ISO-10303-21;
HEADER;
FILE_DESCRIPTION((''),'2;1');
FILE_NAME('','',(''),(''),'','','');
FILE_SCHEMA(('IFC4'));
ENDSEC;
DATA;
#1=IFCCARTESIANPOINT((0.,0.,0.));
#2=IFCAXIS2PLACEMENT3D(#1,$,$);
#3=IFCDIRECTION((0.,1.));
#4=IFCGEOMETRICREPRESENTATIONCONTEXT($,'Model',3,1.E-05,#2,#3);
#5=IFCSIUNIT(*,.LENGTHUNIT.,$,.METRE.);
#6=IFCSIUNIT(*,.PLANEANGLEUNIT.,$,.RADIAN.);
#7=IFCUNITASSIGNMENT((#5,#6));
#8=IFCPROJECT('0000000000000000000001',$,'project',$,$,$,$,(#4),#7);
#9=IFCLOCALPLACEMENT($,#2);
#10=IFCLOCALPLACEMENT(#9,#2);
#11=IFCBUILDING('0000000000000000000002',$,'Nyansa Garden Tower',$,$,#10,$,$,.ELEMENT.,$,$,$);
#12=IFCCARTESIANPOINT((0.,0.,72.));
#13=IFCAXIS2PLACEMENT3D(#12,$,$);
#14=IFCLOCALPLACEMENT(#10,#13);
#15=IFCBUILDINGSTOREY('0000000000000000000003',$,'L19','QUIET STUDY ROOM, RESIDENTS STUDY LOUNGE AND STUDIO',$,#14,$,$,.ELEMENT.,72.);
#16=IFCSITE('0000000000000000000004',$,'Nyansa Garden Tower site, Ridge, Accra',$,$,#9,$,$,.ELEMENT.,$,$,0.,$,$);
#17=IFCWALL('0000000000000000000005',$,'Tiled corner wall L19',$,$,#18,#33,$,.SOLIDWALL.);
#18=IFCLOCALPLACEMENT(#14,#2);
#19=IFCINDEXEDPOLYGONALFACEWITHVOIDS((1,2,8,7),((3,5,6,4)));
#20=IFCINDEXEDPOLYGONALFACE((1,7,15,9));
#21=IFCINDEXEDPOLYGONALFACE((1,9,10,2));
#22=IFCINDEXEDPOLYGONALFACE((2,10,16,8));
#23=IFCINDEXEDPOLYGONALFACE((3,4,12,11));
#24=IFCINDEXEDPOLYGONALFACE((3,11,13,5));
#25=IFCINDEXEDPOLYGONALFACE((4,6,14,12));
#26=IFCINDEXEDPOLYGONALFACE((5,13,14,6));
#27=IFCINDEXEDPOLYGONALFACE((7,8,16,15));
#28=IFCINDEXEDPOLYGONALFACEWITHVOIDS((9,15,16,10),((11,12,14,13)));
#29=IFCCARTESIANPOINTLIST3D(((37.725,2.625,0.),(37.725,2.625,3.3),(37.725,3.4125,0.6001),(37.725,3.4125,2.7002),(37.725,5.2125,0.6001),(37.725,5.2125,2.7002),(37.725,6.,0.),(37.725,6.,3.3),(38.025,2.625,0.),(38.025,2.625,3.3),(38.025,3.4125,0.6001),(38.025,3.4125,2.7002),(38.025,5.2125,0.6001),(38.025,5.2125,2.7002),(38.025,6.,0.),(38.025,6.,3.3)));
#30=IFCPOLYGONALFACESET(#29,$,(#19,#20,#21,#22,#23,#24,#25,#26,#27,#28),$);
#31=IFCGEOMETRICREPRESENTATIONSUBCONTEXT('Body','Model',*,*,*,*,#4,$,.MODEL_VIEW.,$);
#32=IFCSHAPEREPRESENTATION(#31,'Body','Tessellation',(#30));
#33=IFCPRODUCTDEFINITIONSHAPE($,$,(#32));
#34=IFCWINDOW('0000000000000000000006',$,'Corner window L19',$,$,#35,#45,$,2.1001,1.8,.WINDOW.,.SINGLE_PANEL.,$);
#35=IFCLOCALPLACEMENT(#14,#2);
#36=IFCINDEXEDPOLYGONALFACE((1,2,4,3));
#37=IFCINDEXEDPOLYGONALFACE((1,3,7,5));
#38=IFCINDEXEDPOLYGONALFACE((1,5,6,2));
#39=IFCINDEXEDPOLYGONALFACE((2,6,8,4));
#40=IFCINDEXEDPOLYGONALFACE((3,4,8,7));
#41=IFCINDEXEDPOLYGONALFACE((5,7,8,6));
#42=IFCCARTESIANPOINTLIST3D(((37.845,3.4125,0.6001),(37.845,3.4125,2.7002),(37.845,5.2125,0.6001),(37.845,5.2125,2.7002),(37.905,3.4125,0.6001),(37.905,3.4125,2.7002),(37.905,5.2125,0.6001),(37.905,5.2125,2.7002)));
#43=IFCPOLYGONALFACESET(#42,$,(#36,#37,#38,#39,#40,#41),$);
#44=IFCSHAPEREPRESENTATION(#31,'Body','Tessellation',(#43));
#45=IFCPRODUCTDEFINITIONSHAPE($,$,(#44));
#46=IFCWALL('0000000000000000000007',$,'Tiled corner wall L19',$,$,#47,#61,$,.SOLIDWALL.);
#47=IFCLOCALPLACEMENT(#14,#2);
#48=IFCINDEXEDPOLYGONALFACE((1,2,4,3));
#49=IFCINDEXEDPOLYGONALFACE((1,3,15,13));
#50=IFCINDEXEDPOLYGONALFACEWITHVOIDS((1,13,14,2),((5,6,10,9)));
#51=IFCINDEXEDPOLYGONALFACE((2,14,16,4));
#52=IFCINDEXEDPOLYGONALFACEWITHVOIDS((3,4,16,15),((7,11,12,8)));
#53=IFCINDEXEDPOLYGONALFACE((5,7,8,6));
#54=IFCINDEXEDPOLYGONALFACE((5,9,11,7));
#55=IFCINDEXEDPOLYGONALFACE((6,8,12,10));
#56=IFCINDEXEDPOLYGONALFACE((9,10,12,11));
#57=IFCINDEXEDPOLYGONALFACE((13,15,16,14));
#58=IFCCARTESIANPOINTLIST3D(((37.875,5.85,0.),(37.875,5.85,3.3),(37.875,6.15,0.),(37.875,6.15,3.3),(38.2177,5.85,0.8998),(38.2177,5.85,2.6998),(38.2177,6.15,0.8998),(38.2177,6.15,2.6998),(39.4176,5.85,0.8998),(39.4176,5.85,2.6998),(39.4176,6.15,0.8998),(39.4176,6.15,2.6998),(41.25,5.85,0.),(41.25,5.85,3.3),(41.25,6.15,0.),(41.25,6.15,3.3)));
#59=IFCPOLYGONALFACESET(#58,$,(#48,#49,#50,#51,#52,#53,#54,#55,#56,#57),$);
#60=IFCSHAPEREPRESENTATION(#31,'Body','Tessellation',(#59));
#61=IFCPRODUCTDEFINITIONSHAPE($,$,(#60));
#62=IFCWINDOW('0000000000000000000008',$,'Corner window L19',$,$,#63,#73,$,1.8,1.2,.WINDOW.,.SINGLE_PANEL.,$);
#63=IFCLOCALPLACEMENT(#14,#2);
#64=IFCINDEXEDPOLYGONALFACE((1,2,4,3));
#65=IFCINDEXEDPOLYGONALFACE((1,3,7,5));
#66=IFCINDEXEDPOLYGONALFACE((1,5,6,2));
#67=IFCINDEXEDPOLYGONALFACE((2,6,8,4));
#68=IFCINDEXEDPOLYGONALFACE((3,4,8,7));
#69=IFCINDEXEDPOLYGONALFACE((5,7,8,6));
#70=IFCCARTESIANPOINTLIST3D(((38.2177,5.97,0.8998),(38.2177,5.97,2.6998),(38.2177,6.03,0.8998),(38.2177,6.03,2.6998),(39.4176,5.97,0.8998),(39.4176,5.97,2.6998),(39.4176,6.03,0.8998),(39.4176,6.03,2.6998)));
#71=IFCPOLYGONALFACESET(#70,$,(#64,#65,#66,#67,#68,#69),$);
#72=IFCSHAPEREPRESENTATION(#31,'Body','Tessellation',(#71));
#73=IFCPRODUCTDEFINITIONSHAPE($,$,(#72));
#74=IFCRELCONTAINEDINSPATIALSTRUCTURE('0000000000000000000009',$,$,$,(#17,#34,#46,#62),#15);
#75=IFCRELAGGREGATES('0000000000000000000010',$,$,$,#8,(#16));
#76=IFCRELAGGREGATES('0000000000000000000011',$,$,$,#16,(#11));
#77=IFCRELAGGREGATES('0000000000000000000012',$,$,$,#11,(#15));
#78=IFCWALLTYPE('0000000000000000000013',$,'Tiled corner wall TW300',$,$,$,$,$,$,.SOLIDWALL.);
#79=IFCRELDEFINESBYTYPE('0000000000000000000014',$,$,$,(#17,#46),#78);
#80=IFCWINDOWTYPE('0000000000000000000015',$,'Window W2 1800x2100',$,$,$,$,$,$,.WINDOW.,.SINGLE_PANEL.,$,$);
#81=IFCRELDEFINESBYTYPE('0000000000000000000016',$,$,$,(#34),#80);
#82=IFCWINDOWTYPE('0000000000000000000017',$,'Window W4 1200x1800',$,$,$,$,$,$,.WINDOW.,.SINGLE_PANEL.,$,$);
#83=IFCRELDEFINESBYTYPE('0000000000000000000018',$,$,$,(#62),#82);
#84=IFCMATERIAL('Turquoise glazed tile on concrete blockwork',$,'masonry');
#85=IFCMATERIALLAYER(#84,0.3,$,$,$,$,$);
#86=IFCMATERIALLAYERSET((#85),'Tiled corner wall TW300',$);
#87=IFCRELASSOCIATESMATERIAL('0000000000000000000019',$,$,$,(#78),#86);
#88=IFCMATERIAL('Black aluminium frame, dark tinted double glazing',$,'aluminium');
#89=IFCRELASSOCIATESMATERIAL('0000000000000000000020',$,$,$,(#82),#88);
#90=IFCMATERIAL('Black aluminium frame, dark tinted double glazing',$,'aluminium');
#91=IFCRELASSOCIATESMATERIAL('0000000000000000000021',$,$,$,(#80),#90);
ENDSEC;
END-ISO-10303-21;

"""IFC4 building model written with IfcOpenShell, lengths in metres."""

from ifc_helpers import new_model, si_unit, direction, frame, frame_2d, origin, place, context, subcontext, project, spatial, rectangle, extrude, material, layer, layer_set, type_object, element, fill, save


model = new_model("IFC4")

# Units and contexts
model_context = context("Model", 3, precision=1e-05, world=origin(), true_north=direction((0.0, 1.0)))
body_context = subcontext(model_context, "Body", "Model", "MODEL_VIEW")
ifc_project = project(units=[si_unit("LENGTHUNIT", "METRE"), si_unit("PLANEANGLEUNIT", "RADIAN")], contexts=[model_context])

# Site, building, storey
site_placement = place(None, origin())
site = spatial("IfcSite", under=ifc_project, at=site_placement, Name="Nyansa Garden Tower site, Ridge, Accra", CompositionType="ELEMENT", RefElevation=0.0)
building_placement = place(site_placement, origin())
building = spatial("IfcBuilding", under=site, at=building_placement, Name="Nyansa Garden Tower", CompositionType="ELEMENT")
storey_placement = place(building_placement, frame((0.0, 0.0, 72.0)))
storey = spatial("IfcBuildingStorey", under=building, at=storey_placement, Name="L19", Description="QUIET STUDY ROOM, RESIDENTS STUDY LOUNGE AND STUDIO", CompositionType="ELEMENT", Elevation=72.0)

# Walls, openings, windows
ifc_material_1 = material(Name="Turquoise glazed tile on concrete blockwork", Category="masonry")
ifc_layer_1 = layer(ifc_material_1, 0.3)
ifc_layer_set_1 = layer_set([ifc_layer_1], Name="Tiled corner wall TW300")
wall_type = type_object("IfcWallType", Name="Tiled corner wall TW300", PredefinedType="SOLIDWALL", material=ifc_layer_set_1)
ifc_material_2 = material(Name="Black aluminium frame, dark tinted double glazing", Category="aluminium")
window_type_1 = type_object("IfcWindowType", Name="Window W4 1200x1800", PartitioningType="SINGLE_PANEL", PredefinedType="WINDOW", material=ifc_material_2)
ifc_material_3 = material(Name="Black aluminium frame, dark tinted double glazing", Category="aluminium")
window_type_2 = type_object("IfcWindowType", Name="Window W2 1800x2100", PartitioningType="SINGLE_PANEL", PredefinedType="WINDOW", material=ifc_material_3)
wall_1_placement = place(storey_placement, frame((37.875, 2.625, 0.0), z_axis=(0.0, 0.0, 1.0), x_axis=(0.0, 1.0, 0.0)))
wall_1 = element("IfcWall", 1, at=wall_1_placement, inside=storey, type_object=wall_type, Name="Tiled corner wall L19", PredefinedType="SOLIDWALL", context=body_context, shape_type="SweptSolid", body=[
    extrude(rectangle(XDim=3.375, YDim=0.3, at=frame_2d((1.6875, 0.0))), origin(), (0.0, 0.0, 1.0), 3.3),
])
opening_1_placement = place(wall_1_placement, frame((0.7876, 0.0, 0.6001)))
opening_1 = element("IfcOpeningElement", 2, at=opening_1_placement, cuts=wall_1, PredefinedType="OPENING", context=body_context, shape_type="SweptSolid", body=[
    extrude(rectangle(XDim=1.8, YDim=2.1001, at=frame_2d((0.8999, 1.05))), frame((0.0, 0.1599, 0.0), z_axis=(0.0, -1.0, 0.0), x_axis=(1.0, 0.0, 0.0)), (0.0, 0.0, 1.0), 0.3201),
])
window_1_placement = place(opening_1_placement, origin())
window_1 = element("IfcWindow", 3, at=window_1_placement, inside=storey, type_object=window_type_2, Name="Corner window L19", OverallHeight=2.1001, OverallWidth=1.8, PartitioningType="SINGLE_PANEL", PredefinedType="WINDOW", context=body_context, shape_type="SweptSolid", body=[
    extrude(rectangle(XDim=1.8, YDim=2.1001, at=frame_2d((0.8999, 1.05))), frame((0.0, 0.03, 0.0), z_axis=(0.0, -1.0, 0.0), x_axis=(1.0, 0.0, 0.0)), (0.0, 0.0, 1.0), 0.0601),
])
fill(opening_1, window_1)
wall_2_placement = place(storey_placement, frame((37.875, 6.0, 0.0), z_axis=(0.0, 0.0, 1.0), x_axis=(1.0, 0.0, 0.0)))
wall_2 = element("IfcWall", 4, at=wall_2_placement, inside=storey, type_object=wall_type, Name="Tiled corner wall L19", PredefinedType="SOLIDWALL", context=body_context, shape_type="SweptSolid", body=[
    extrude(rectangle(XDim=3.375, YDim=0.3, at=frame_2d((1.6875, 0.0))), origin(), (0.0, 0.0, 1.0), 3.3),
])
opening_2_placement = place(wall_2_placement, frame((0.3425, 0.0, 0.8999)))
opening_2 = element("IfcOpeningElement", 5, at=opening_2_placement, cuts=wall_2, PredefinedType="OPENING", context=body_context, shape_type="SweptSolid", body=[
    extrude(rectangle(XDim=1.2, YDim=1.8, at=frame_2d((0.6001, 0.8999))), frame((0.0, 0.1599, 0.0), z_axis=(0.0, -1.0, 0.0), x_axis=(1.0, 0.0, 0.0)), (0.0, 0.0, 1.0), 0.3201),
])
window_2_placement = place(opening_2_placement, origin())
window_2 = element("IfcWindow", 6, at=window_2_placement, inside=storey, type_object=window_type_1, Name="Corner window L19", OverallHeight=1.8, OverallWidth=1.2, PartitioningType="SINGLE_PANEL", PredefinedType="WINDOW", context=body_context, shape_type="SweptSolid", body=[
    extrude(rectangle(XDim=1.2, YDim=1.8, at=frame_2d((0.6001, 0.8999))), frame((0.0, 0.03, 0.0), z_axis=(0.0, -1.0, 0.0), x_axis=(1.0, 0.0, 0.0)), (0.0, 0.0, 1.0), 0.0601),
])
fill(opening_2, window_2)

save(model, "model.ifc")
